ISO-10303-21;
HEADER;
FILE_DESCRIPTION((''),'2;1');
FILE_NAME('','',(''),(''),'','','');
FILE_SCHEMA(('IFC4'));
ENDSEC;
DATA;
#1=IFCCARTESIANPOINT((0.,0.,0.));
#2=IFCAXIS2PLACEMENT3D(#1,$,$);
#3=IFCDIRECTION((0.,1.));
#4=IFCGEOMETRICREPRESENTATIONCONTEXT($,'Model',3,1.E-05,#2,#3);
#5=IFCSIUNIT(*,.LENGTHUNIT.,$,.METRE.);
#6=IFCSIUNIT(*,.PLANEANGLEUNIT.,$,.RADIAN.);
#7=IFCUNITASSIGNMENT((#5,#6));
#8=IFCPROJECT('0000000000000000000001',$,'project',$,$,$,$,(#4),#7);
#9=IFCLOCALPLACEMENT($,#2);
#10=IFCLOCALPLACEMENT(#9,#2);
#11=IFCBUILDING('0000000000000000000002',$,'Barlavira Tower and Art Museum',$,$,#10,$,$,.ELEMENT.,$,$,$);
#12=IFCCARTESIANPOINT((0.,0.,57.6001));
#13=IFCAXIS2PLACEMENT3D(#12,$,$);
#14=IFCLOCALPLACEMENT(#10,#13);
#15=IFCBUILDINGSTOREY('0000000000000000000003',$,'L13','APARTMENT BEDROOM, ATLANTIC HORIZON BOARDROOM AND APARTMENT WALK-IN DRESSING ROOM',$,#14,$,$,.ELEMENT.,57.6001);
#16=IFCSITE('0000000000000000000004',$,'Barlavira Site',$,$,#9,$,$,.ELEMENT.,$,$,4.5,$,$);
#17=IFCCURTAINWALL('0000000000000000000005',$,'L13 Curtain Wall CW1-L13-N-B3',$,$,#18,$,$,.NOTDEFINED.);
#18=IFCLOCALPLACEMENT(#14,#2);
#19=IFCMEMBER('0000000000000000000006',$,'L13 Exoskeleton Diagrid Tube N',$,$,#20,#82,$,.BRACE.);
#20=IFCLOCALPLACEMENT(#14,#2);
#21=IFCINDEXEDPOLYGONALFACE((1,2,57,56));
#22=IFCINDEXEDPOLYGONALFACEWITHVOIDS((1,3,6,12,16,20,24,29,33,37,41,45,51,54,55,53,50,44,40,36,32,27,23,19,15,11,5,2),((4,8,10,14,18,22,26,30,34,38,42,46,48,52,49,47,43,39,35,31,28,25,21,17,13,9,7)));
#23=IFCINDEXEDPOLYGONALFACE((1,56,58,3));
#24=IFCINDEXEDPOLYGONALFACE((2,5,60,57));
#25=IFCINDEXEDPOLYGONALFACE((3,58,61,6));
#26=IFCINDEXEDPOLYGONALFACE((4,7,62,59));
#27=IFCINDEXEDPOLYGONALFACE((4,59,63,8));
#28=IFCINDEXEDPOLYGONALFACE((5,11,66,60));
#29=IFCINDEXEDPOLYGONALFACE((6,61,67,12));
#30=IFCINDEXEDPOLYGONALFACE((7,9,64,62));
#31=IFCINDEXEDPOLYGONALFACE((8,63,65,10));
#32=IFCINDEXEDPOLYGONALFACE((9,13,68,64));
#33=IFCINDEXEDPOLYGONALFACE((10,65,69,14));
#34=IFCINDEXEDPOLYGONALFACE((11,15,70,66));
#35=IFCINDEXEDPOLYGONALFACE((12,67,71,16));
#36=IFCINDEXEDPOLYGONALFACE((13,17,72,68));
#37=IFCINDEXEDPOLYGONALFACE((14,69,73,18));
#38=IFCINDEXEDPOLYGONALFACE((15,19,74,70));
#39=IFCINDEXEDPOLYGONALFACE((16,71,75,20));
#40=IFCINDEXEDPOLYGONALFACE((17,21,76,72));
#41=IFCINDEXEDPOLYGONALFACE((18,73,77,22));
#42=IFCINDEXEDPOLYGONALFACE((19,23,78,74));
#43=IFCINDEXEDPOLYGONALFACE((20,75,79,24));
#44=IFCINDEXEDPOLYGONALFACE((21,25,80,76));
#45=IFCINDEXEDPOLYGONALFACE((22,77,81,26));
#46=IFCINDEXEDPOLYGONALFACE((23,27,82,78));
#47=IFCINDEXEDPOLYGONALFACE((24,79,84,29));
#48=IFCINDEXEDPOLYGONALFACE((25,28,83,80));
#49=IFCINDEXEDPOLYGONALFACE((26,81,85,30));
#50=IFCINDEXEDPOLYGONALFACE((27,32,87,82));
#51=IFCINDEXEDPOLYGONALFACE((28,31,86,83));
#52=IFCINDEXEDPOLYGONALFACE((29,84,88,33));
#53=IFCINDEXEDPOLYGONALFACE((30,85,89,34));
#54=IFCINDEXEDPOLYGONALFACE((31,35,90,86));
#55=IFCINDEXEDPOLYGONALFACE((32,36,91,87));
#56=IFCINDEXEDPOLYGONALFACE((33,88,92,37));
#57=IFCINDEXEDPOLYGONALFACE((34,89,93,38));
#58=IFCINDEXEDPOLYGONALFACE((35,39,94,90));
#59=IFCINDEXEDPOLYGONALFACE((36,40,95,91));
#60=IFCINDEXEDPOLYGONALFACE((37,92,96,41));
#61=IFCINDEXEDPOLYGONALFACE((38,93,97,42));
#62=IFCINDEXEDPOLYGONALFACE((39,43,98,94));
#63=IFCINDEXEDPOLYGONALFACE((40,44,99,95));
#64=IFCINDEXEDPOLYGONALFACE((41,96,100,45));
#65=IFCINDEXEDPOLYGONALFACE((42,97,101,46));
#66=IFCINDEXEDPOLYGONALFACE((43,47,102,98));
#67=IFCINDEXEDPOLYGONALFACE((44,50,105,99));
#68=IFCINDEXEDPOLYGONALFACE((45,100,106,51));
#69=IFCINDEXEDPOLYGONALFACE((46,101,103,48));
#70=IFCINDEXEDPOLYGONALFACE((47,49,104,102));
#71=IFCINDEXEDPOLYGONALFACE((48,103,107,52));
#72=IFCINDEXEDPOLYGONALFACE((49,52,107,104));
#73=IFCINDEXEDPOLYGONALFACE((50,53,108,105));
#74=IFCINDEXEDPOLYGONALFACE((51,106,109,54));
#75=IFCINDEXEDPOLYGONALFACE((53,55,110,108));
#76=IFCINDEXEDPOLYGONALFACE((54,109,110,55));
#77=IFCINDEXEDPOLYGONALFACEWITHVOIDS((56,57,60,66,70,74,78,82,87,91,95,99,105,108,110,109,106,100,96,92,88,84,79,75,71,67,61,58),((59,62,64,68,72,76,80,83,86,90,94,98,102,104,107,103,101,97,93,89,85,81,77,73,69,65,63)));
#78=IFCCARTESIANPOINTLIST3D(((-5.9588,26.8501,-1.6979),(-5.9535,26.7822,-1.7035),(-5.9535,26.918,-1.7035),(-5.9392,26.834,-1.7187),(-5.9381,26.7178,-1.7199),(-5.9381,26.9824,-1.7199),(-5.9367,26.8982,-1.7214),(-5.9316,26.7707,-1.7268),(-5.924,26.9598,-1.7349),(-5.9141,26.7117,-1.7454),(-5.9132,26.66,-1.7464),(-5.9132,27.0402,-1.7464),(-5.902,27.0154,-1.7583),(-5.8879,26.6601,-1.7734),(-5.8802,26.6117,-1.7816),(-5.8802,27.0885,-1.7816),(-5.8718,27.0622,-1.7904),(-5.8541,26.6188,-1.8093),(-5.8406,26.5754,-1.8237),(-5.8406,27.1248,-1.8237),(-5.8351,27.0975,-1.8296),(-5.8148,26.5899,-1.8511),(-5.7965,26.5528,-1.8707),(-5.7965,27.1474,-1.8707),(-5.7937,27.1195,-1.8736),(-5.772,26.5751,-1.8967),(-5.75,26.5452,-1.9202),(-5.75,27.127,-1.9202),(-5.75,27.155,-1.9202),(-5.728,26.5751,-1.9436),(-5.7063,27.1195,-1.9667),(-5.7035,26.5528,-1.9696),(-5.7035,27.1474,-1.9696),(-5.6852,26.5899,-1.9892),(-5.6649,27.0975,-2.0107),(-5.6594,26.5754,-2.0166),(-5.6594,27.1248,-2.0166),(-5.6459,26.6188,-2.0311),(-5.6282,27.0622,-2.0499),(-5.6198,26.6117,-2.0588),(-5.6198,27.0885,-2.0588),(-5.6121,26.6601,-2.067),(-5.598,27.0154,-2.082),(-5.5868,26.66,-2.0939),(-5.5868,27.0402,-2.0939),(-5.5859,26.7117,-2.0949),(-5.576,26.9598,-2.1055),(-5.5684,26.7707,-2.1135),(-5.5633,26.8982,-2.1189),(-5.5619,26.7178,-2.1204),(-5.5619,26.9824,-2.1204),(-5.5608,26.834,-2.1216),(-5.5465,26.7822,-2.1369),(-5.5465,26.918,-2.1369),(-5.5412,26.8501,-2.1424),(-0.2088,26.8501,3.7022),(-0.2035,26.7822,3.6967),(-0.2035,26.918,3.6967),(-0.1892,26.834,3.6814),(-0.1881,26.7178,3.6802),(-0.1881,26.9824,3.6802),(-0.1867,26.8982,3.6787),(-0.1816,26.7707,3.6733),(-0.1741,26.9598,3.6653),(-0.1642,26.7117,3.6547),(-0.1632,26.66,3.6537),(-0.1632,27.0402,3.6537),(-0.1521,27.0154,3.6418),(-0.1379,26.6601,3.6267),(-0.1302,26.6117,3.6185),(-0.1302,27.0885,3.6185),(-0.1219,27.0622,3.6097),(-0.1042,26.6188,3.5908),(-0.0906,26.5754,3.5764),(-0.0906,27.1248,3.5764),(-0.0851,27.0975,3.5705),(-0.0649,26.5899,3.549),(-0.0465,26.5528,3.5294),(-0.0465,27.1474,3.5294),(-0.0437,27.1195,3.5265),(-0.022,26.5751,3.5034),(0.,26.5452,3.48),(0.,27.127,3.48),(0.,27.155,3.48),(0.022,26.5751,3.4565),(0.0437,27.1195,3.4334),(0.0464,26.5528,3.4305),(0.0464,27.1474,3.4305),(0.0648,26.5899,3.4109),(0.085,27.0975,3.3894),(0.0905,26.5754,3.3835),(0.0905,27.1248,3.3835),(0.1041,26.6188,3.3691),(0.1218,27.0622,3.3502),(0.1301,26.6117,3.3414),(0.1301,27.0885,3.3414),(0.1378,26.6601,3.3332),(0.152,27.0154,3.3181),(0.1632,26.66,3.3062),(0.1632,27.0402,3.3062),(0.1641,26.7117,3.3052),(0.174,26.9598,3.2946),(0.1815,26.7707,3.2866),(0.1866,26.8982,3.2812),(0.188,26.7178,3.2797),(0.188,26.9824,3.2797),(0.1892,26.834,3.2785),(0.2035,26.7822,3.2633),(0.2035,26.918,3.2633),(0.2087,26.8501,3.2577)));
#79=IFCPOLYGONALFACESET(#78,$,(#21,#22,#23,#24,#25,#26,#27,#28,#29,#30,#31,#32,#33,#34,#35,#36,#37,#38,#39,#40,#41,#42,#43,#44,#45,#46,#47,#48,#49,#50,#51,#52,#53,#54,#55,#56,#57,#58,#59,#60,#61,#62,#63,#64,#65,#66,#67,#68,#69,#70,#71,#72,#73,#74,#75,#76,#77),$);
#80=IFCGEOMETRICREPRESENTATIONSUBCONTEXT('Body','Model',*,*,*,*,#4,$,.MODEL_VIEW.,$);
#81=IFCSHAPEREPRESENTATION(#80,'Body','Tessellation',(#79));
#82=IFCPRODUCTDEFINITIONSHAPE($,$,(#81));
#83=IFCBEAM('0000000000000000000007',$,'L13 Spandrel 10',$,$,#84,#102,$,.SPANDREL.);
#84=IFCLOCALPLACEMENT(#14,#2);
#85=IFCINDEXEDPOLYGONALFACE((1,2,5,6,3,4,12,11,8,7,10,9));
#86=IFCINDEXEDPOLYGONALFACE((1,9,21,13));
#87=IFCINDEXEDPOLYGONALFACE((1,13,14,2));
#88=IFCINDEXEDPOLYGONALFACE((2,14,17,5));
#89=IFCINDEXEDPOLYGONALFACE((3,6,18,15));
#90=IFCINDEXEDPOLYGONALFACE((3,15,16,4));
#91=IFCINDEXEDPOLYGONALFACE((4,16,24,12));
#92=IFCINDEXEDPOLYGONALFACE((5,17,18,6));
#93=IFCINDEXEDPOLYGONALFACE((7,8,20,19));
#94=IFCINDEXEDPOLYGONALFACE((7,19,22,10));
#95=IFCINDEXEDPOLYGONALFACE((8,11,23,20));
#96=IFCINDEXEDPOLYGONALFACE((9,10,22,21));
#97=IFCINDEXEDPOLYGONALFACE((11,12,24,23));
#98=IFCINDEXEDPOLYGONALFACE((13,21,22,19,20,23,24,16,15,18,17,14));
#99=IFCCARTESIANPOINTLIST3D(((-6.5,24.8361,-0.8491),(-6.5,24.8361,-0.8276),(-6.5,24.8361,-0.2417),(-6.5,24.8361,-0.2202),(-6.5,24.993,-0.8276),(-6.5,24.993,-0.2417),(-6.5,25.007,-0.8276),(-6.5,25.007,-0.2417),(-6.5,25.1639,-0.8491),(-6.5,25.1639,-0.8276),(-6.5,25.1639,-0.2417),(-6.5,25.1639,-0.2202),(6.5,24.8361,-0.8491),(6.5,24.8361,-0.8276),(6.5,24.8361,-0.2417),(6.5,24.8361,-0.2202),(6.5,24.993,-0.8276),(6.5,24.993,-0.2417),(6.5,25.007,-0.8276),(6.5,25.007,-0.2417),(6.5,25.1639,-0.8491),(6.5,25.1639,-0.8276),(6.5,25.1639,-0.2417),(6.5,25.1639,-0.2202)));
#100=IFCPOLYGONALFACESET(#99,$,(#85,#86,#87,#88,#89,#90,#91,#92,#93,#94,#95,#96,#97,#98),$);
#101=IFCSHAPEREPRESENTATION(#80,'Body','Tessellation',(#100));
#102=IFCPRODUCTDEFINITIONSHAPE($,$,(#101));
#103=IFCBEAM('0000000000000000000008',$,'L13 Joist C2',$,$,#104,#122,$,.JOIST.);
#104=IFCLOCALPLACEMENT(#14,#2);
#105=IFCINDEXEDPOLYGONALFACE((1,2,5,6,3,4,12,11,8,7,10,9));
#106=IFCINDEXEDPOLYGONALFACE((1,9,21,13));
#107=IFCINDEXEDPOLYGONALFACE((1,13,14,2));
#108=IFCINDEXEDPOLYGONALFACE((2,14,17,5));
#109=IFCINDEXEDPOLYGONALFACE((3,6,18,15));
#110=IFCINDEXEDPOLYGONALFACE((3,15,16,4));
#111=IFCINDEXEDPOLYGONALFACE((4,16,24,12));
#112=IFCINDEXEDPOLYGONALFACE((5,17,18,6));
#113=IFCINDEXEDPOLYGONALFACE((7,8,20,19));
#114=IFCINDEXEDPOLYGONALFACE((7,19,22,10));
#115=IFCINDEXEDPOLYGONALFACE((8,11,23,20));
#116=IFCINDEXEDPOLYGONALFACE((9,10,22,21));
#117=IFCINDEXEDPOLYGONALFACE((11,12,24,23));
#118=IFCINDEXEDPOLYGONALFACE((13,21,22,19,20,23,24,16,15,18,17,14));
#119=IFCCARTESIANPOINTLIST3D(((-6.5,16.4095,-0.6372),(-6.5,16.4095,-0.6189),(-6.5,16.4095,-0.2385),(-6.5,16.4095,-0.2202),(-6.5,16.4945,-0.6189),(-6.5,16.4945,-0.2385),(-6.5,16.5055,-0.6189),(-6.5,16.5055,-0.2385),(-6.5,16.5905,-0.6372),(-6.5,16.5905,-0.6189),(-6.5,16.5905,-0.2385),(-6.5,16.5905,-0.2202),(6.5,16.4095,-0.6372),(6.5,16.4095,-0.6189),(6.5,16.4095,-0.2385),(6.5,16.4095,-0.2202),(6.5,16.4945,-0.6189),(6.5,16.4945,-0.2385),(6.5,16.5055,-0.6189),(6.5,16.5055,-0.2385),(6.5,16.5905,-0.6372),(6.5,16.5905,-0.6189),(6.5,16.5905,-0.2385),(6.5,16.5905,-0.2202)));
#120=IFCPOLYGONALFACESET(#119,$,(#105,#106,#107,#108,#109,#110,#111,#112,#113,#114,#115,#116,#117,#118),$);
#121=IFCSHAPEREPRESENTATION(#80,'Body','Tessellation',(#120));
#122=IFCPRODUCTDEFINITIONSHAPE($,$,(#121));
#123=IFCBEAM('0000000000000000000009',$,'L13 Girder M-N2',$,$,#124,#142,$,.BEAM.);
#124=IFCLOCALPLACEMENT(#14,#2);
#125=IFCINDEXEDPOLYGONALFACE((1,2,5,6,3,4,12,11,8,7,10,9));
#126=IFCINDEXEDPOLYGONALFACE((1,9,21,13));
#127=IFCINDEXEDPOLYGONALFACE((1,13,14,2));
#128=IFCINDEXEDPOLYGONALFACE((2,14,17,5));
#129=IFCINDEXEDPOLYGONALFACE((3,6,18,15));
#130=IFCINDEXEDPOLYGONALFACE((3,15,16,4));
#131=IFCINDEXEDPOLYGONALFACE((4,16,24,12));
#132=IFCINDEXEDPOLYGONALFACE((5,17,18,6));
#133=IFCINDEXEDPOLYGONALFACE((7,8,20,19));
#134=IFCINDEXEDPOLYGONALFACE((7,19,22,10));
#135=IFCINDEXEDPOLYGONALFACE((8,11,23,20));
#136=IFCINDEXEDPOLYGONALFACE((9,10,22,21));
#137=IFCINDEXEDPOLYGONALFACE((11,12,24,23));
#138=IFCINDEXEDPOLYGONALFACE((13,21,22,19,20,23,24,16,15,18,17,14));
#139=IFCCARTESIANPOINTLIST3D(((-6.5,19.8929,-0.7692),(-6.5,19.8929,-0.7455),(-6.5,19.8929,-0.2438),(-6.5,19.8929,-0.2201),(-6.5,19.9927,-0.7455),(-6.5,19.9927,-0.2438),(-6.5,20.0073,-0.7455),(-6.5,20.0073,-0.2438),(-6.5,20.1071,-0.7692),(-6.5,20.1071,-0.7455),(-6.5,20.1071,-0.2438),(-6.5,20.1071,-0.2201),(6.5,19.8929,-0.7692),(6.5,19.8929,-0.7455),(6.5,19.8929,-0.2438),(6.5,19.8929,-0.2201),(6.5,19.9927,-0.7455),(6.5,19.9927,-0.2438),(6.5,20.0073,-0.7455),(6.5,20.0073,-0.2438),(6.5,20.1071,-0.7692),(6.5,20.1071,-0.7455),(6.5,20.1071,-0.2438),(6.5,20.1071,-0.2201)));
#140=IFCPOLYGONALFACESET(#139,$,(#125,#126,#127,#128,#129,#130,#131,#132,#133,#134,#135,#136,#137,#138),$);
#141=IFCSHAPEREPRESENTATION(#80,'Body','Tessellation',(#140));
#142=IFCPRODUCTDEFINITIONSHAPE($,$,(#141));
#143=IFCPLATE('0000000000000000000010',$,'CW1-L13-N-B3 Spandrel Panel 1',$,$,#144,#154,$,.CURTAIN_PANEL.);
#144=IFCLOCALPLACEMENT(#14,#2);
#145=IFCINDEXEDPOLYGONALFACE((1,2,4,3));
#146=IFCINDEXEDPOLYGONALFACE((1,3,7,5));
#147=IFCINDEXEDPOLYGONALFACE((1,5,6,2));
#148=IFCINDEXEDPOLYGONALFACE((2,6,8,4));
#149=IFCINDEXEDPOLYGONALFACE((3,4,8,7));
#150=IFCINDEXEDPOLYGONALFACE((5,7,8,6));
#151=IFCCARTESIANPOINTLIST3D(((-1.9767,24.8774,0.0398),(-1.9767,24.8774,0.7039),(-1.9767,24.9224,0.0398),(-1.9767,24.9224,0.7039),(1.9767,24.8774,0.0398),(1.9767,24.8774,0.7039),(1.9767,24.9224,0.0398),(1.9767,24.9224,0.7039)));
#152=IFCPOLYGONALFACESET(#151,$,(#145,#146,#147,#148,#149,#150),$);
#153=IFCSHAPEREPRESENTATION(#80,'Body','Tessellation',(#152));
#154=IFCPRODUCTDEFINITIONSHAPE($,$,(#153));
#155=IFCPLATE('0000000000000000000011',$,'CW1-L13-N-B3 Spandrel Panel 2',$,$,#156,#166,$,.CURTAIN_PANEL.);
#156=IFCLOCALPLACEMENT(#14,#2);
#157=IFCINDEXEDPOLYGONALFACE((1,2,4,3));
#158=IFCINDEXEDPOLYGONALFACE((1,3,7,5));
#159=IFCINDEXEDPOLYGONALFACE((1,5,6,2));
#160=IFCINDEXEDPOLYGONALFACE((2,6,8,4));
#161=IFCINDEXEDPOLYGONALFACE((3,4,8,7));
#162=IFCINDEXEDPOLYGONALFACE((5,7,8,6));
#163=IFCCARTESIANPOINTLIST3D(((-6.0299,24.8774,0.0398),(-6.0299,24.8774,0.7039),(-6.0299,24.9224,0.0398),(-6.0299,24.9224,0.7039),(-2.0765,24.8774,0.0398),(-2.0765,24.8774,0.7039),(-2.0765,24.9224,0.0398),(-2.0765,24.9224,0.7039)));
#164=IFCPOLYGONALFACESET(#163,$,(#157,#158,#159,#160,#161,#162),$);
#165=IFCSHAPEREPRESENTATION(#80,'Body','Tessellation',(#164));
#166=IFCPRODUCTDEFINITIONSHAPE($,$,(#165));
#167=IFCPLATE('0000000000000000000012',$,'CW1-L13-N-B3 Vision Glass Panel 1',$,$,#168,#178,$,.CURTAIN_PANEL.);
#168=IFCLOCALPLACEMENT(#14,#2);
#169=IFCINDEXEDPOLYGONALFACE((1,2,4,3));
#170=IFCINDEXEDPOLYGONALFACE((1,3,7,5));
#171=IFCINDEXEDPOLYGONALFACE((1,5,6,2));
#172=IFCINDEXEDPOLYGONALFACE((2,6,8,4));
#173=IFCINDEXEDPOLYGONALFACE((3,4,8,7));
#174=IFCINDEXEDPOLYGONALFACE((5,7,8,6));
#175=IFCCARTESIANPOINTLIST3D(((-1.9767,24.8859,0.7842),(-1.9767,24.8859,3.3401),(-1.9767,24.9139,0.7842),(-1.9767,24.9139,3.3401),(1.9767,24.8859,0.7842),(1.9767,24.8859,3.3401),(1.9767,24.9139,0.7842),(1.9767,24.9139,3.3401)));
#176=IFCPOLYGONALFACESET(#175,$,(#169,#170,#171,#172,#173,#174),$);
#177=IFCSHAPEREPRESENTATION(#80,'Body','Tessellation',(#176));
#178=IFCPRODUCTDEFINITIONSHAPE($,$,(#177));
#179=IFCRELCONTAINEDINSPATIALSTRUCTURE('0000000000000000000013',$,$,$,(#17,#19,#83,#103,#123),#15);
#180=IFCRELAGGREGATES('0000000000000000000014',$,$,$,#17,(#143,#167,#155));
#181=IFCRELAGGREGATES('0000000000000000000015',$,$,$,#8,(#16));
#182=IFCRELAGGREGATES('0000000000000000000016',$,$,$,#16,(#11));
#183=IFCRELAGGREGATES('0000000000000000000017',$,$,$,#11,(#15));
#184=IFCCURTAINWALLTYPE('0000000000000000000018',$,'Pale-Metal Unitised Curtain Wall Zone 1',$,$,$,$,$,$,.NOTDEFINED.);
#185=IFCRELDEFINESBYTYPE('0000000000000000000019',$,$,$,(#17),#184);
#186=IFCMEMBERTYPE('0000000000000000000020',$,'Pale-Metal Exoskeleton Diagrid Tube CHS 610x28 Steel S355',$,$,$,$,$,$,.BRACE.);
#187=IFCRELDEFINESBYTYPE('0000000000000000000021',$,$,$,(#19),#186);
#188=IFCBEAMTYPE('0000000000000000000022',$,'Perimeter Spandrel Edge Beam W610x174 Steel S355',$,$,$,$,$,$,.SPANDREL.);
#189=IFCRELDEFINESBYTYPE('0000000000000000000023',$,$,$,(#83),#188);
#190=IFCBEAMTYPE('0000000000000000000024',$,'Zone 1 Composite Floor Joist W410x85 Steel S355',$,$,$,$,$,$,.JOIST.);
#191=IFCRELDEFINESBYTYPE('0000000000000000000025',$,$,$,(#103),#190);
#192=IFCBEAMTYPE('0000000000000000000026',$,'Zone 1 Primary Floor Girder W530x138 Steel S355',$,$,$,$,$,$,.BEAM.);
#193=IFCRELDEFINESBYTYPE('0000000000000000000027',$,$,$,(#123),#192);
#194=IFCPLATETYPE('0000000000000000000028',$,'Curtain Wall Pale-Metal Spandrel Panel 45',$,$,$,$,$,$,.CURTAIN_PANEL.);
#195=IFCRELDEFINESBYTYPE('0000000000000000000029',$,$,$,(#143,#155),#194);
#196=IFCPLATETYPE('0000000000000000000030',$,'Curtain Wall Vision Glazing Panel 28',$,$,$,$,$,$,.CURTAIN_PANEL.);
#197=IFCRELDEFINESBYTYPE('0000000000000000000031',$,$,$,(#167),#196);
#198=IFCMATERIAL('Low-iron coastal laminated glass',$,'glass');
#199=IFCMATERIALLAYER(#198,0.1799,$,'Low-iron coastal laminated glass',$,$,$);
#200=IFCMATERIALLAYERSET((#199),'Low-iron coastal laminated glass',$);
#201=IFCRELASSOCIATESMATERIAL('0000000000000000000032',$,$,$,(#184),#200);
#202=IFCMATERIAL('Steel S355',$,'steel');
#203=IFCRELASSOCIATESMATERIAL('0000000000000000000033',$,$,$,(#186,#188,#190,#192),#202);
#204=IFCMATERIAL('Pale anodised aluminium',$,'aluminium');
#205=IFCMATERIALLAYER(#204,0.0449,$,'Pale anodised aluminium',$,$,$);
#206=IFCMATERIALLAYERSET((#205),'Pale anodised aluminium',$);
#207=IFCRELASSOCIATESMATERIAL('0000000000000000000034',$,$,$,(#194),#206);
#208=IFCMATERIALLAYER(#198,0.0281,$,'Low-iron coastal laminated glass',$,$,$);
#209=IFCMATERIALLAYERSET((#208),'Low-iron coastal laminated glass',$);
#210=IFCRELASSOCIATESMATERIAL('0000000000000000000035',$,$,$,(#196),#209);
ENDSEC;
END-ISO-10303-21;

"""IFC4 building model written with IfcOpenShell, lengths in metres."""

from ifc_helpers import new_model, si_unit, direction, frame, origin, origin_2d, place, context, subcontext, project, spatial, rectangle, hollow_circle, i_section, extrude, material, layer, layer_set, material_profile, profile_set, type_object, element, aggregate, save


model = new_model("IFC4")

# Units and contexts
model_context = context("Model", 3, precision=1e-05, world=origin(), true_north=direction((0.0, 1.0)))
body_context = subcontext(model_context, "Body", "Model", "MODEL_VIEW")
ifc_project = project(units=[si_unit("LENGTHUNIT", "METRE"), si_unit("PLANEANGLEUNIT", "RADIAN")], contexts=[model_context])

# Site, building, storey
site_placement = place(None, origin())
site = spatial("IfcSite", under=ifc_project, at=site_placement, Name="Barlavira Site", CompositionType="ELEMENT", RefElevation=4.5)
building_placement = place(site_placement, origin())
building = spatial("IfcBuilding", under=site, at=building_placement, Name="Barlavira Tower and Art Museum", CompositionType="ELEMENT")
storey_placement = place(building_placement, frame((0.0, 0.0, 57.6001)))
storey = spatial("IfcBuildingStorey", under=building, at=storey_placement, Name="L13", Description="APARTMENT BEDROOM, ATLANTIC HORIZON BOARDROOM AND APARTMENT WALK-IN DRESSING ROOM", CompositionType="ELEMENT", Elevation=57.6001)

# Curtain wall
ifc_material_1 = material(Name="Low-iron coastal laminated glass", Category="glass")
ifc_layer_1 = layer(ifc_material_1, 0.1799, Name="Low-iron coastal laminated glass")
ifc_layer_set_1 = layer_set([ifc_layer_1], Name="Low-iron coastal laminated glass")
curtain_wall_type = type_object("IfcCurtainWallType", Name="Pale-Metal Unitised Curtain Wall Zone 1", PredefinedType="NOTDEFINED", material=ifc_layer_set_1)
curtain_wall_placement = place(storey_placement, origin())
curtain_wall = element("IfcCurtainWall", 1, at=curtain_wall_placement, inside=storey, type_object=curtain_wall_type, Name="L13 Curtain Wall CW1-L13-N-B3", PredefinedType="NOTDEFINED")
ifc_material_2 = material(Name="Pale anodised aluminium", Category="aluminium")

# Member
ifc_material_3 = material(Name="Steel S355", Category="steel")
ifc_material_profile_1 = material_profile(ifc_material_3, hollow_circle(Radius=0.3049, WallThickness=0.0281, at=origin_2d()), Name="CHS 610.0x28.0")
ifc_profile_set_1 = profile_set([ifc_material_profile_1], Name="Steel S355")
member_type_1 = type_object("IfcMemberType", Name="Pale-Metal Exoskeleton Diagrid Tube CHS 610x28 Steel S355", PredefinedType="BRACE", material=ifc_profile_set_1)
for number, where, z_axis, x_axis, name in (
    (2, (-5.75, 26.8501, -1.9202), (0.728935, 0.0, 0.684583), (0.0, 1.0, 0.0), "L13 Exoskeleton Diagrid Tube N"),
):
    element("IfcMember", number, at=place(storey_placement, frame(where, z_axis=z_axis, x_axis=x_axis)), inside=storey, type_object=member_type_1, Name=name, PredefinedType="BRACE", context=body_context, shape_type="SweptSolid", body=[
        extrude(hollow_circle(Radius=0.3049, WallThickness=0.0281, at=origin_2d()), origin(), (0.0, 0.0, 1.0), 7.8882),
    ])

# Beams
ifc_material_profile_2 = material_profile(ifc_material_3, i_section(OverallWidth=0.3279, OverallDepth=0.6289, WebThickness=0.0139, FlangeThickness=0.0215, at=origin_2d()), Name="W610x174.0")
ifc_profile_set_2 = profile_set([ifc_material_profile_2], Name="Steel S355")
beam_type_1 = type_object("IfcBeamType", Name="Perimeter Spandrel Edge Beam W610x174 Steel S355", PredefinedType="SPANDREL", material=ifc_profile_set_2)
beam_1_placement = place(storey_placement, frame((-6.5, 25.0, -0.5347), z_axis=(1.0, 0.0, 0.0), x_axis=(0.0, 1.0, 0.0)))
element("IfcBeam", 3, at=beam_1_placement, inside=storey, type_object=beam_type_1, Name="L13 Spandrel 10", PredefinedType="SPANDREL", context=body_context, shape_type="SweptSolid", body=[
    extrude(i_section(OverallWidth=0.3279, OverallDepth=0.6289, WebThickness=0.0139, FlangeThickness=0.0215, at=origin_2d()), origin(), (0.0, 0.0, 1.0), 13.0),
])
ifc_material_profile_3 = material_profile(ifc_material_3, i_section(OverallWidth=0.1809, OverallDepth=0.417, WebThickness=0.011, FlangeThickness=0.0183, at=origin_2d()), Name="W410x85.0")
ifc_profile_set_3 = profile_set([ifc_material_profile_3], Name="Steel S355")
beam_type_2 = type_object("IfcBeamType", Name="Zone 1 Composite Floor Joist W410x85 Steel S355", PredefinedType="JOIST", material=ifc_profile_set_3)
beam_2_placement = place(storey_placement, frame((-6.5, 16.5, -0.4287), z_axis=(1.0, 0.0, 0.0), x_axis=(0.0, 1.0, 0.0)))
element("IfcBeam", 4, at=beam_2_placement, inside=storey, type_object=beam_type_2, Name="L13 Joist C2", PredefinedType="JOIST", context=body_context, shape_type="SweptSolid", body=[
    extrude(i_section(OverallWidth=0.1809, OverallDepth=0.417, WebThickness=0.011, FlangeThickness=0.0183, at=origin_2d()), origin(), (0.0, 0.0, 1.0), 13.0),
])
ifc_material_profile_4 = material_profile(ifc_material_3, i_section(OverallWidth=0.2141, OverallDepth=0.5491, WebThickness=0.0146, FlangeThickness=0.0237, at=origin_2d()), Name="W530x138.0")
ifc_profile_set_4 = profile_set([ifc_material_profile_4], Name="Steel S355")
beam_type_3 = type_object("IfcBeamType", Name="Zone 1 Primary Floor Girder W530x138 Steel S355", PredefinedType="BEAM", material=ifc_profile_set_4)
beam_3_placement = place(storey_placement, frame((-6.5, 20.0, -0.4946), z_axis=(1.0, 0.0, 0.0), x_axis=(0.0, 1.0, 0.0)))
element("IfcBeam", 5, at=beam_3_placement, inside=storey, type_object=beam_type_3, Name="L13 Girder M-N2", PredefinedType="BEAM", context=body_context, shape_type="SweptSolid", body=[
    extrude(i_section(OverallWidth=0.2141, OverallDepth=0.5491, WebThickness=0.0146, FlangeThickness=0.0237, at=origin_2d()), origin(), (0.0, 0.0, 1.0), 13.0),
])

# Plates
ifc_layer_2 = layer(ifc_material_2, 0.0449, Name="Pale anodised aluminium")
ifc_layer_set_2 = layer_set([ifc_layer_2], Name="Pale anodised aluminium")
plate_type_1 = type_object("IfcPlateType", Name="Curtain Wall Pale-Metal Spandrel Panel 45", PredefinedType="CURTAIN_PANEL", material=ifc_layer_set_2)
plate_1_placement = place(storey_placement, frame((0.0, 24.8999, 0.0398), z_axis=(0.0, 0.0, 1.0), x_axis=(-1.0, 0.0, 0.0)))
plate_1 = element("IfcPlate", 6, at=plate_1_placement, type_object=plate_type_1, Name="CW1-L13-N-B3 Spandrel Panel 1", PredefinedType="CURTAIN_PANEL", context=body_context, shape_type="SweptSolid", body=[
    extrude(rectangle(XDim=3.9534, YDim=0.0449, at=origin_2d()), origin(), (0.0, 0.0, 1.0), 0.6641),
])
plate_2_placement = place(storey_placement, frame((-4.0532, 24.8999, 0.0398), z_axis=(0.0, 0.0, 1.0), x_axis=(-1.0, 0.0, 0.0)))
plate_2 = element("IfcPlate", 7, at=plate_2_placement, type_object=plate_type_1, Name="CW1-L13-N-B3 Spandrel Panel 2", PredefinedType="CURTAIN_PANEL", context=body_context, shape_type="SweptSolid", body=[
    extrude(rectangle(XDim=3.9534, YDim=0.0449, at=origin_2d()), origin(), (0.0, 0.0, 1.0), 0.6641),
])
ifc_layer_3 = layer(ifc_material_1, 0.0281, Name="Low-iron coastal laminated glass")
ifc_layer_set_3 = layer_set([ifc_layer_3], Name="Low-iron coastal laminated glass")
plate_type_2 = type_object("IfcPlateType", Name="Curtain Wall Vision Glazing Panel 28", PredefinedType="CURTAIN_PANEL", material=ifc_layer_set_3)
plate_3_placement = place(storey_placement, frame((0.0, 24.8999, 0.7842), z_axis=(0.0, 0.0, 1.0), x_axis=(-1.0, 0.0, 0.0)))
plate_3 = element("IfcPlate", 8, at=plate_3_placement, type_object=plate_type_2, Name="CW1-L13-N-B3 Vision Glass Panel 1", PredefinedType="CURTAIN_PANEL", context=body_context, shape_type="SweptSolid", body=[
    extrude(rectangle(XDim=3.9534, YDim=0.0281, at=origin_2d()), origin(), (0.0, 0.0, 1.0), 2.5559),
])
aggregate(curtain_wall, [plate_1, plate_3, plate_2])

save(model, "model.ifc")
